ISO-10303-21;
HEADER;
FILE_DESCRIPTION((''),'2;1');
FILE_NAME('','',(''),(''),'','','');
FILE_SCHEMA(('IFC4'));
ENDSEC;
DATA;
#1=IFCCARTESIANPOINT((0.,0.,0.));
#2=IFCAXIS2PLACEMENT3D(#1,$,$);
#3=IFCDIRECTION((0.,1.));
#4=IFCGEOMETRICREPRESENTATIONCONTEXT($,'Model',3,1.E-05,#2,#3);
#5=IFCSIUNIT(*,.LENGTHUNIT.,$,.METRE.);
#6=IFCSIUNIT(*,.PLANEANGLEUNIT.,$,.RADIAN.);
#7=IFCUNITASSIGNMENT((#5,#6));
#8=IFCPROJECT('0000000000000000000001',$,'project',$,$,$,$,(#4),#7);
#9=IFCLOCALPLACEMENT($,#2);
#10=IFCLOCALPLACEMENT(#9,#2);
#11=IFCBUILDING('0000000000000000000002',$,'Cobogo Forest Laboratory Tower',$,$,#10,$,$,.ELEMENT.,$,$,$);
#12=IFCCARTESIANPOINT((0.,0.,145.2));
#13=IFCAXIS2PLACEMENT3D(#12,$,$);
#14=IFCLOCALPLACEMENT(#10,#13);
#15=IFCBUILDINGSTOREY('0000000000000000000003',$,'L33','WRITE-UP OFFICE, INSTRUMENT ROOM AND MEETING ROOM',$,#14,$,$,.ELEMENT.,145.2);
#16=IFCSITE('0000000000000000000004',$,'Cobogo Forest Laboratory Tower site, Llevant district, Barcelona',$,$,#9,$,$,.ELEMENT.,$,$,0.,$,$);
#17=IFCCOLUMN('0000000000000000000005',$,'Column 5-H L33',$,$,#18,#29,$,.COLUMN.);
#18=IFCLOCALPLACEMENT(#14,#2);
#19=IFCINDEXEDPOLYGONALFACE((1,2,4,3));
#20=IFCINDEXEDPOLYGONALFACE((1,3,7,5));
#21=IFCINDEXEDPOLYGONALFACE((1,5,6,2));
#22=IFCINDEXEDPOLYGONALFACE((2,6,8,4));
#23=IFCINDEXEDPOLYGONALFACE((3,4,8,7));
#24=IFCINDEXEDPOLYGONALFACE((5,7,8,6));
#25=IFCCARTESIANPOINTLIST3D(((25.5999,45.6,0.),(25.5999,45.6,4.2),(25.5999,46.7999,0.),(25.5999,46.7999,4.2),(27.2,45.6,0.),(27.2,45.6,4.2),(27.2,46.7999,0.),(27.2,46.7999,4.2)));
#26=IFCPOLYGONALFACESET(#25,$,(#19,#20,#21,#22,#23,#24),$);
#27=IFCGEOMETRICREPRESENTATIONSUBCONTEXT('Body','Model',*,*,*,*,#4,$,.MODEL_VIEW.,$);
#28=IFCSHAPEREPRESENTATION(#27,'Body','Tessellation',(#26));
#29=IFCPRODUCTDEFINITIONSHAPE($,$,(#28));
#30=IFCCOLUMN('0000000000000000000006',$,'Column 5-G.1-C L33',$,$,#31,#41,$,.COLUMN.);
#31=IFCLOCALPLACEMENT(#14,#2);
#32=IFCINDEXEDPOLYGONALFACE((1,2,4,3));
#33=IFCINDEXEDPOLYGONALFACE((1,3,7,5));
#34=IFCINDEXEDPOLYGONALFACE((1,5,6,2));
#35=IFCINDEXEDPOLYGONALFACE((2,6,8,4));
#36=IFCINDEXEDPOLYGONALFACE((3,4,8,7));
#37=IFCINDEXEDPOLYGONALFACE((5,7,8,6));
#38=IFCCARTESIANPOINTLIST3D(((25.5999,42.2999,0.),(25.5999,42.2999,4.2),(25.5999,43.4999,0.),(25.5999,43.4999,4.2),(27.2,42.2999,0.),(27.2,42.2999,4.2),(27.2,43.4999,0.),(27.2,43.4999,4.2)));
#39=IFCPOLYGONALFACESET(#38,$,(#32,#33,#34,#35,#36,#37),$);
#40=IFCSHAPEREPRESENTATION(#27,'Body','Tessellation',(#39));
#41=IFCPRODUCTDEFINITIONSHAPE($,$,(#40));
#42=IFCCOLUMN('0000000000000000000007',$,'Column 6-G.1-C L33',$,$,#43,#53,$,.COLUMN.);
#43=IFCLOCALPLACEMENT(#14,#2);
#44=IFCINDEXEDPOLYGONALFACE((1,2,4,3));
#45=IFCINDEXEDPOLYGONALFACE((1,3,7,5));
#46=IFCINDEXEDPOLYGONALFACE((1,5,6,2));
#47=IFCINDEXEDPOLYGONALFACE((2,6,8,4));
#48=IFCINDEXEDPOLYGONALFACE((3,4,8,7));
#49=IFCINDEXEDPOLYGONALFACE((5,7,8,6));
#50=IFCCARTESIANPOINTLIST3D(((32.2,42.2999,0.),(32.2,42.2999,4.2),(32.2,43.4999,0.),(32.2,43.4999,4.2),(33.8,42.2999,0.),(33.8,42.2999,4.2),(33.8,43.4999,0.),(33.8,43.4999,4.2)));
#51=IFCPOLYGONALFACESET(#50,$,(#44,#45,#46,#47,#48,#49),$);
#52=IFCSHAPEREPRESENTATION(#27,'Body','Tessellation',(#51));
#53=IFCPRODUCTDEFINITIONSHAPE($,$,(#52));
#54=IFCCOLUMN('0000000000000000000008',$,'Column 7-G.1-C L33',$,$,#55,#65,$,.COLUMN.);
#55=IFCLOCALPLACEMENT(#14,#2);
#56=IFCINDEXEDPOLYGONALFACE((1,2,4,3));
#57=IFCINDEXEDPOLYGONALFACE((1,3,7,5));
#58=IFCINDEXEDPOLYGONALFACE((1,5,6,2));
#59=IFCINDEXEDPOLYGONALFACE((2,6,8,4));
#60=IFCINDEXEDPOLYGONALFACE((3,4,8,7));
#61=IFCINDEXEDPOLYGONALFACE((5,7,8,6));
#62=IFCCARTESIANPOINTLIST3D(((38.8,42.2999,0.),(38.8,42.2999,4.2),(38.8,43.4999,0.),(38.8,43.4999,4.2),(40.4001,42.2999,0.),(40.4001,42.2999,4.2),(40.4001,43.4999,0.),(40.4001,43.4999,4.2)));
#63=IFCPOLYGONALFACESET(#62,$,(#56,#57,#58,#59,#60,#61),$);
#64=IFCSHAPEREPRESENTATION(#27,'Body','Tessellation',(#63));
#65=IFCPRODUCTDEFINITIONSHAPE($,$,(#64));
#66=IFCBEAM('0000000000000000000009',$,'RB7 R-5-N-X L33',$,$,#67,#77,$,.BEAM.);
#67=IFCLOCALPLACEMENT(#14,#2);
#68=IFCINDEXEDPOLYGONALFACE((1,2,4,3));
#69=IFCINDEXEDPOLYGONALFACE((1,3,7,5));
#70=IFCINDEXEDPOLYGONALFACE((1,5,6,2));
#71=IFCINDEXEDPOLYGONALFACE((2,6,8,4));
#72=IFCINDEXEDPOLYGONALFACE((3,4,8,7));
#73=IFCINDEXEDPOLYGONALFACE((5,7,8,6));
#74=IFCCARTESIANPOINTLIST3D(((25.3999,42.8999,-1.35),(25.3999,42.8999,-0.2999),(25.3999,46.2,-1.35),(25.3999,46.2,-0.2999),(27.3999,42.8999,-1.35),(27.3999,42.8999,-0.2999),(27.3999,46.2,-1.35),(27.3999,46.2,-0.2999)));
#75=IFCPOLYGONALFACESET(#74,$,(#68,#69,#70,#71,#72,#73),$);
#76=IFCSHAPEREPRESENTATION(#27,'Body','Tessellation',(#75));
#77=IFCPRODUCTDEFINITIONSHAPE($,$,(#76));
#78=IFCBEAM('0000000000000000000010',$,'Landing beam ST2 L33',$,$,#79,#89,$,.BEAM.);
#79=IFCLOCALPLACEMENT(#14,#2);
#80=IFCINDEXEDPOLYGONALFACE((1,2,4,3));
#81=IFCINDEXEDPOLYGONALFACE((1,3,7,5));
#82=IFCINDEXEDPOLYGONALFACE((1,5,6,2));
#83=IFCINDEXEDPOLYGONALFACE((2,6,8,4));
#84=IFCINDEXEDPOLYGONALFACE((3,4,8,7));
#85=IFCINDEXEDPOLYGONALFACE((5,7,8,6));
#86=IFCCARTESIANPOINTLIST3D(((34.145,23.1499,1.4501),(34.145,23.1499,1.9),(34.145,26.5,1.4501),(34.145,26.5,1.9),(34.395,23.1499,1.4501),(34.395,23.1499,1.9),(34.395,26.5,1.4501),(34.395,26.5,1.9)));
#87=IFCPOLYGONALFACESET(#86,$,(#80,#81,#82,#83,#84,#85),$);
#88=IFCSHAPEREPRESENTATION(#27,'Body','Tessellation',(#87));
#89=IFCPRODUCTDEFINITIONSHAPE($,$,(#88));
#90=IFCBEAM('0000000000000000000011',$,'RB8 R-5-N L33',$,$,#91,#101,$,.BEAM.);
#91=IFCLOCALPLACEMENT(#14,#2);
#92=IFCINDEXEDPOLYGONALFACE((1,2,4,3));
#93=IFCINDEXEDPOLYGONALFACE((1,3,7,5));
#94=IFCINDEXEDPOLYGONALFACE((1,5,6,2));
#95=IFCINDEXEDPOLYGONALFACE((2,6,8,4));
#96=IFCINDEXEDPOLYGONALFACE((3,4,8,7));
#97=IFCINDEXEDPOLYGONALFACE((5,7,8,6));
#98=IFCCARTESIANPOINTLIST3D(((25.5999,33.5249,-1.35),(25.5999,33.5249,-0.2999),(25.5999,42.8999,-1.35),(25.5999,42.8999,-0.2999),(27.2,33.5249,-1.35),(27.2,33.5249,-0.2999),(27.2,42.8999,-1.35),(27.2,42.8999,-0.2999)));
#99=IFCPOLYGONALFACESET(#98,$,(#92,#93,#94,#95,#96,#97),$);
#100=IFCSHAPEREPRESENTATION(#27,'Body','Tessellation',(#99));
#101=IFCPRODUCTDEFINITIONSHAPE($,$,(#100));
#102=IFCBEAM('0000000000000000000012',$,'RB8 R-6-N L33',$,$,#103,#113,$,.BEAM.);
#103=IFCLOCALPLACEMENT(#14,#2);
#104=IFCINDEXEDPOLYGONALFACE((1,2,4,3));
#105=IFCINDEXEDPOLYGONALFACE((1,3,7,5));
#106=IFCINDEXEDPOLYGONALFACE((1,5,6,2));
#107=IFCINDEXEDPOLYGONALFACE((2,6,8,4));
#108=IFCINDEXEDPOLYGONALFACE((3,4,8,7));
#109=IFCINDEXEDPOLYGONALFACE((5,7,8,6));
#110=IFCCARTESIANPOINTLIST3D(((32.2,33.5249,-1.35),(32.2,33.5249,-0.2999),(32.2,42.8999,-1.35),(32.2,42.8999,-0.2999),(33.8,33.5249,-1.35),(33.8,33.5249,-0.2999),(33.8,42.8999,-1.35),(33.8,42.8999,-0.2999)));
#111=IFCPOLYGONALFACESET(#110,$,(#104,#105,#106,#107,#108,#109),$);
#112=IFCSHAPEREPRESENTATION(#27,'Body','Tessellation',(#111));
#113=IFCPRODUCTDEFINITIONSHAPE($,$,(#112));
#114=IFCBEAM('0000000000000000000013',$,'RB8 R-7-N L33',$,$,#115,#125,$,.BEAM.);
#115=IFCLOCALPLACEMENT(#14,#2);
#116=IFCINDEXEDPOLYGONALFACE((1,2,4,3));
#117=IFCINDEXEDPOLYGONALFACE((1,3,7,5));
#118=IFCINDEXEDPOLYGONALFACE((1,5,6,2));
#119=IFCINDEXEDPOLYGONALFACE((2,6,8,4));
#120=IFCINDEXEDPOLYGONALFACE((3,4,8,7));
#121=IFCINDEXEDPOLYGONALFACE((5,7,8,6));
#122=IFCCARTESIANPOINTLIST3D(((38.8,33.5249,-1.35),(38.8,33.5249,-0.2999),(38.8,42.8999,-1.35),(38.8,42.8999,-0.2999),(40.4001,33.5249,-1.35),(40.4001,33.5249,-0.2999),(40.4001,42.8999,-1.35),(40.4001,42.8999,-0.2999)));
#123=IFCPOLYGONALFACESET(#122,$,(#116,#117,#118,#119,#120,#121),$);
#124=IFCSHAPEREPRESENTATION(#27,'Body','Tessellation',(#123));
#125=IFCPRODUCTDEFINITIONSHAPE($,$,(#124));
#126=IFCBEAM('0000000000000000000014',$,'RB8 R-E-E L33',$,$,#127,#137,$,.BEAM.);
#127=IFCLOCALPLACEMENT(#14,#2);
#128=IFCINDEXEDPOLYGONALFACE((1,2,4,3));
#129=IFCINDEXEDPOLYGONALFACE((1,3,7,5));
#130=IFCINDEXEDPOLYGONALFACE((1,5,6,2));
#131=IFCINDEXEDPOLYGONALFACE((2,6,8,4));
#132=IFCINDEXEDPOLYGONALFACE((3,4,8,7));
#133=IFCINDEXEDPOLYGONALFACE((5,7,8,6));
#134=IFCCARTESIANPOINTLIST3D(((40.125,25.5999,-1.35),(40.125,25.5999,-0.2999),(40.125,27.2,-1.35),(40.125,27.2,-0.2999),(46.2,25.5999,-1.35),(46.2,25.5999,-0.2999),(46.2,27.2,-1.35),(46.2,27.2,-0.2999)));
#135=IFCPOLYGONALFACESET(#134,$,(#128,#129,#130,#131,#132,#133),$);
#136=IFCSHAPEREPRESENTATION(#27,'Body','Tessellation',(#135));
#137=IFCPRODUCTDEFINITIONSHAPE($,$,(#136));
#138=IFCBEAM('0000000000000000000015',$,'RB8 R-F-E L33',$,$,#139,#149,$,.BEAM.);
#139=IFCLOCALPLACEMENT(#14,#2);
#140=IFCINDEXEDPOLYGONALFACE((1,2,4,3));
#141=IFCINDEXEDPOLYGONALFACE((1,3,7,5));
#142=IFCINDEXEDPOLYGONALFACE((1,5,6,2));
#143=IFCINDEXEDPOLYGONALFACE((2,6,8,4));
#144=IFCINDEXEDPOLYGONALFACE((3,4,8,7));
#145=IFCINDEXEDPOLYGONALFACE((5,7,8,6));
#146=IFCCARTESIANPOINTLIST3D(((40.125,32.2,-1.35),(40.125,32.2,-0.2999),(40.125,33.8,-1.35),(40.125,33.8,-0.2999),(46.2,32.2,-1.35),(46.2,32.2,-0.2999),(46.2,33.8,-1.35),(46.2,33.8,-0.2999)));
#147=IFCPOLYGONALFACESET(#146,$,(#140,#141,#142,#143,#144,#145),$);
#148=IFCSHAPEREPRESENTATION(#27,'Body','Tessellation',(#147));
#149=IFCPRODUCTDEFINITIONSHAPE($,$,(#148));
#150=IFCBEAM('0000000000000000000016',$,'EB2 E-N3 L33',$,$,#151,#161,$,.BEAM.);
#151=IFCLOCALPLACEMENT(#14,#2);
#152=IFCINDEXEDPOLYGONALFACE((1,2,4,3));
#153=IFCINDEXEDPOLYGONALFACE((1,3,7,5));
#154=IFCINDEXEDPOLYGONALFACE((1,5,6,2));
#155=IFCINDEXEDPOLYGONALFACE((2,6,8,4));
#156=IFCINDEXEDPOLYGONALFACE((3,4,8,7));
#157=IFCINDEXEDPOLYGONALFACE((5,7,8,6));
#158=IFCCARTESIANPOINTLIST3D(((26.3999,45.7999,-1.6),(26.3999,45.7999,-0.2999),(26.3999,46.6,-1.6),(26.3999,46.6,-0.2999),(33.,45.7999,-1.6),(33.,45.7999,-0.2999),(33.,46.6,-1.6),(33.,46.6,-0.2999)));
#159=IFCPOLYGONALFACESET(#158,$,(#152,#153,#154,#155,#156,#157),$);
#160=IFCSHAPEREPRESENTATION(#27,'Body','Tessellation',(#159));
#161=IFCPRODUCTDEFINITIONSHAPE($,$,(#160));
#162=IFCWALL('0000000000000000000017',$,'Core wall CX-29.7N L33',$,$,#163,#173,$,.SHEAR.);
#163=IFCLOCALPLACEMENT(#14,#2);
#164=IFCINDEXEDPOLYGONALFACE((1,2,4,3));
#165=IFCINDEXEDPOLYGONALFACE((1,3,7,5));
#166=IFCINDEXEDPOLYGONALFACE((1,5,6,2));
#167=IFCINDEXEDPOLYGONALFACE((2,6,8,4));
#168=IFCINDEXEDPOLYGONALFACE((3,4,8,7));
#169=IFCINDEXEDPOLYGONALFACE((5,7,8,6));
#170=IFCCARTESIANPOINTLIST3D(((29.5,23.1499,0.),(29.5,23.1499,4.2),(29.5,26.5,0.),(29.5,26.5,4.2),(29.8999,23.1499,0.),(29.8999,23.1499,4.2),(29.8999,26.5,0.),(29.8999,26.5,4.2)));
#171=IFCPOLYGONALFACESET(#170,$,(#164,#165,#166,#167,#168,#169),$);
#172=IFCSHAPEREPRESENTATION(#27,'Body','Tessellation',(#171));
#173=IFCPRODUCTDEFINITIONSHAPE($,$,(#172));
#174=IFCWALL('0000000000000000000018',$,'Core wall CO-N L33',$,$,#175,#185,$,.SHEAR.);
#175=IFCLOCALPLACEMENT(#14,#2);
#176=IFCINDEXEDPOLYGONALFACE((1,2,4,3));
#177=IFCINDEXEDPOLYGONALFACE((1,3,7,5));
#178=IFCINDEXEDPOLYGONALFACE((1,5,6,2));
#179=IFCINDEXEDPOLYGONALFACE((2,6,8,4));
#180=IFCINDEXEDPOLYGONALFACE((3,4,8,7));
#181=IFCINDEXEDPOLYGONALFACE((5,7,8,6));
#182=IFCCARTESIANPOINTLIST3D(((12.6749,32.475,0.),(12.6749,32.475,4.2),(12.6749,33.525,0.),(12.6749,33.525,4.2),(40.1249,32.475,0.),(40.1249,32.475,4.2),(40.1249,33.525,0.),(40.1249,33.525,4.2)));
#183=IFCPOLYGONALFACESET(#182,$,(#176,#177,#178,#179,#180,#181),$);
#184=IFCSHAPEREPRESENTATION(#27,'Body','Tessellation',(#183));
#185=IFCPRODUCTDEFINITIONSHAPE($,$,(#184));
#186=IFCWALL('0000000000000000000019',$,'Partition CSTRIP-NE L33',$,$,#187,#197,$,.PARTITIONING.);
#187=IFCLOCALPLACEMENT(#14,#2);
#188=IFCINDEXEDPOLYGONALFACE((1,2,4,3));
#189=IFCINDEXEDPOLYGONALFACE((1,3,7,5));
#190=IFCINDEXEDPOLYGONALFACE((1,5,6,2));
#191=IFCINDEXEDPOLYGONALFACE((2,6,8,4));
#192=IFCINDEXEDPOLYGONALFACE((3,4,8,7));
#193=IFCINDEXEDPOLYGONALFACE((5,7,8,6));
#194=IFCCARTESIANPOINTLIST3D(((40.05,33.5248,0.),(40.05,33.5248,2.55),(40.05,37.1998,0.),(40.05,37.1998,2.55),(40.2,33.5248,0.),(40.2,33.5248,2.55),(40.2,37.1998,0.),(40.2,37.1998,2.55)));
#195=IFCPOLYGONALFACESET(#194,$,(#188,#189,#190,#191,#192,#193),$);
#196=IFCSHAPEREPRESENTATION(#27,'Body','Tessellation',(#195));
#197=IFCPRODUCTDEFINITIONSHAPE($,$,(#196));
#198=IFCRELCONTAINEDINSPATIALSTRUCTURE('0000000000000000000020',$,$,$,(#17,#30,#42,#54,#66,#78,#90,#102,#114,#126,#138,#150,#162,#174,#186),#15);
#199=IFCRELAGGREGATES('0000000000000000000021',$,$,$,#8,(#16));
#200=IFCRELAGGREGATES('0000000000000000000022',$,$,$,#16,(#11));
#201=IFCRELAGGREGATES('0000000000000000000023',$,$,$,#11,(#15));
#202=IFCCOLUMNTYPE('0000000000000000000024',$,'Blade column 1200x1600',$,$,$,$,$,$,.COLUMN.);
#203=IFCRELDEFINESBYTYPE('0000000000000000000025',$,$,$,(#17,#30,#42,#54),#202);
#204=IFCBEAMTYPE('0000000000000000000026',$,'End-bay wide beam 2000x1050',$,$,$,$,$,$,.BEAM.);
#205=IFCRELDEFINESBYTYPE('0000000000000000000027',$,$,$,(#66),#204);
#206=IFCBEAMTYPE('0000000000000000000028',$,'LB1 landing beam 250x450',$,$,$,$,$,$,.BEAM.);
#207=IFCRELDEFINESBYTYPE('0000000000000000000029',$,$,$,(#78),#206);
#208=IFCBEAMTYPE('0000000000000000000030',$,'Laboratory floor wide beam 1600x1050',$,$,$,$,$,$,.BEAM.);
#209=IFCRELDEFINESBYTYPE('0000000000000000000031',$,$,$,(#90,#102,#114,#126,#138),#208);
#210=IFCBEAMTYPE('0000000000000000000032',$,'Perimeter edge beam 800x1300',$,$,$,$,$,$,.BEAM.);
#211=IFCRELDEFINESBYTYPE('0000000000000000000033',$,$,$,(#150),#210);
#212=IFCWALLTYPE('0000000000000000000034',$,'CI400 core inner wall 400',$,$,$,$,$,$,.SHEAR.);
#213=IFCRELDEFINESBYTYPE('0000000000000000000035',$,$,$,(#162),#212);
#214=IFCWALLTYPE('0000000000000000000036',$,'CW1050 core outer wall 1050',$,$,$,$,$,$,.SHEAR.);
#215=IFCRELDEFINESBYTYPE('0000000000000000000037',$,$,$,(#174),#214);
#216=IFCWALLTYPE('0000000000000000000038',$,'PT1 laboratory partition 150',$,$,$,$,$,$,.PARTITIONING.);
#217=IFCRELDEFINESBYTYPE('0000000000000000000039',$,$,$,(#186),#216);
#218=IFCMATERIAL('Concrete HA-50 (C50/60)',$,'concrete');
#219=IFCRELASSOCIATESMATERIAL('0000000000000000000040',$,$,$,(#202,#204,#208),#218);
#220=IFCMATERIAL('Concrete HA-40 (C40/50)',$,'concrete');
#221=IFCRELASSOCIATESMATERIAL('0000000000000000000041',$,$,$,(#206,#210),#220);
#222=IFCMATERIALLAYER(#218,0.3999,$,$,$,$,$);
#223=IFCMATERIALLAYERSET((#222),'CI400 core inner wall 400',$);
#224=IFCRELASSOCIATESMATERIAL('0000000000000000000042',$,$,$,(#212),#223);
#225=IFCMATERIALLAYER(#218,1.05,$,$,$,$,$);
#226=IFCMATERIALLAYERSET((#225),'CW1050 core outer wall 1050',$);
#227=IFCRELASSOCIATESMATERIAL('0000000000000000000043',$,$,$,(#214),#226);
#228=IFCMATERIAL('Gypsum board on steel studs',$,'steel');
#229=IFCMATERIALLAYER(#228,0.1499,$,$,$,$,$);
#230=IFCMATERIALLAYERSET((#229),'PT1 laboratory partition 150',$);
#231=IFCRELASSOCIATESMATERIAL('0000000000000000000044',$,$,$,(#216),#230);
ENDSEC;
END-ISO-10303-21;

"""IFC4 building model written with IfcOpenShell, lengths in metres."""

from ifc_helpers import new_model, si_unit, direction, frame, frame_2d, origin, origin_2d, place, context, subcontext, project, spatial, rectangle, extrude, material, layer, layer_set, material_profile, profile_set, type_object, element, save


model = new_model("IFC4")

# Units and contexts
model_context = context("Model", 3, precision=1e-05, world=origin(), true_north=direction((0.0, 1.0)))
body_context = subcontext(model_context, "Body", "Model", "MODEL_VIEW")
ifc_project = project(units=[si_unit("LENGTHUNIT", "METRE"), si_unit("PLANEANGLEUNIT", "RADIAN")], contexts=[model_context])

# Site, building, storey
site_placement = place(None, origin())
site = spatial("IfcSite", under=ifc_project, at=site_placement, Name="Cobogo Forest Laboratory Tower site, Llevant district, Barcelona", CompositionType="ELEMENT", RefElevation=0.0)
building_placement = place(site_placement, origin())
building = spatial("IfcBuilding", under=site, at=building_placement, Name="Cobogo Forest Laboratory Tower", CompositionType="ELEMENT")
storey_placement = place(building_placement, frame((0.0, 0.0, 145.2)))
storey = spatial("IfcBuildingStorey", under=building, at=storey_placement, Name="L33", Description="WRITE-UP OFFICE, INSTRUMENT ROOM AND MEETING ROOM", CompositionType="ELEMENT", Elevation=145.2)

# Columns
ifc_material_1 = material(Name="Concrete HA-50 (C50/60)", Category="concrete")
ifc_material_profile_1 = material_profile(ifc_material_1, rectangle(XDim=1.6001, YDim=1.2, at=origin_2d()), Name="RC 1200x1600")
ifc_profile_set_1 = profile_set([ifc_material_profile_1], Name="Concrete HA-50 (C50/60)")
column_type = type_object("IfcColumnType", Name="Blade column 1200x1600", PredefinedType="COLUMN", material=ifc_profile_set_1)
for number, where, z_axis, x_axis, name in (
    (1, (26.3999, 46.2, 0.0), (0.0, 0.0, 1.0), (1.0, 0.0, 0.0), "Column 5-H L33"),
    (2, (26.3999, 42.8999, 0.0), (0.0, 0.0, 1.0), (1.0, 0.0, 0.0), "Column 5-G.1-C L33"),
    (3, (33.0, 42.8999, 0.0), (0.0, 0.0, 1.0), (1.0, 0.0, 0.0), "Column 6-G.1-C L33"),
    (4, (39.6001, 42.8999, 0.0), (0.0, 0.0, 1.0), (1.0, 0.0, 0.0), "Column 7-G.1-C L33"),
):
    element("IfcColumn", number, at=place(storey_placement, frame(where, z_axis=z_axis, x_axis=x_axis)), inside=storey, type_object=column_type, Name=name, PredefinedType="COLUMN", context=body_context, shape_type="SweptSolid", body=[
        extrude(rectangle(XDim=1.6001, YDim=1.2, at=origin_2d()), origin(), (0.0, 0.0, 1.0), 4.2),
    ])

# Beams
ifc_material_profile_2 = material_profile(ifc_material_1, rectangle(XDim=2.0, YDim=1.05, at=origin_2d()), Name="RC 2000x1050")
ifc_profile_set_2 = profile_set([ifc_material_profile_2], Name="Concrete HA-50 (C50/60)")
beam_type_1 = type_object("IfcBeamType", Name="End-bay wide beam 2000x1050", PredefinedType="BEAM", material=ifc_profile_set_2)
beam_1_placement = place(storey_placement, frame((26.3999, 46.2, -0.825), z_axis=(0.0, -1.0, 0.0), x_axis=(1.0, 0.0, 0.0)))
element("IfcBeam", 5, at=beam_1_placement, inside=storey, type_object=beam_type_1, Name="RB7 R-5-N-X L33", PredefinedType="BEAM", context=body_context, shape_type="SweptSolid", body=[
    extrude(rectangle(XDim=2.0, YDim=1.05, at=origin_2d()), origin(), (0.0, 0.0, 1.0), 3.3),
])
ifc_material_2 = material(Name="Concrete HA-40 (C40/50)", Category="concrete")
ifc_material_profile_3 = material_profile(ifc_material_2, rectangle(XDim=0.25, YDim=0.45, at=origin_2d()), Name="RC 250x450")
ifc_profile_set_3 = profile_set([ifc_material_profile_3], Name="Concrete HA-40 (C40/50)")
beam_type_2 = type_object("IfcBeamType", Name="LB1 landing beam 250x450", PredefinedType="BEAM", material=ifc_profile_set_3)
beam_2_placement = place(storey_placement, frame((34.27, 23.1499, 1.675), z_axis=(0.0, 1.0, 0.0), x_axis=(-1.0, 0.0, 0.0)))
element("IfcBeam", 6, at=beam_2_placement, inside=storey, type_object=beam_type_2, Name="Landing beam ST2 L33", PredefinedType="BEAM", context=body_context, shape_type="SweptSolid", body=[
    extrude(rectangle(XDim=0.25, YDim=0.45, at=origin_2d()), origin(), (0.0, 0.0, 1.0), 3.3501),
])
ifc_material_profile_4 = material_profile(ifc_material_1, rectangle(XDim=1.6001, YDim=1.05, at=origin_2d()), Name="RC 1600x1050")
ifc_profile_set_4 = profile_set([ifc_material_profile_4], Name="Concrete HA-50 (C50/60)")
beam_type_3 = type_object("IfcBeamType", Name="Laboratory floor wide beam 1600x1050", PredefinedType="BEAM", material=ifc_profile_set_4)
for number, where, z_axis, x_axis, name in (
    (7, (26.3999, 33.5249, -0.825), (0.0, 1.0, 0.0), (-1.0, 0.0, 0.0), "RB8 R-5-N L33"),
    (8, (33.0, 33.5249, -0.825), (0.0, 1.0, 0.0), (-1.0, 0.0, 0.0), "RB8 R-6-N L33"),
    (9, (39.6001, 33.5249, -0.825), (0.0, 1.0, 0.0), (-1.0, 0.0, 0.0), "RB8 R-7-N L33"),
):
    element("IfcBeam", number, at=place(storey_placement, frame(where, z_axis=z_axis, x_axis=x_axis)), inside=storey, type_object=beam_type_3, Name=name, PredefinedType="BEAM", context=body_context, shape_type="SweptSolid", body=[
        extrude(rectangle(XDim=1.6001, YDim=1.05, at=origin_2d()), origin(), (0.0, 0.0, 1.0), 9.375),
    ])
for number, where, z_axis, x_axis, name in (
    (10, (40.125, 26.3999, -0.825), (1.0, 0.0, 0.0), (0.0, 1.0, 0.0), "RB8 R-E-E L33"),
    (11, (40.125, 33.0, -0.825), (1.0, 0.0, 0.0), (0.0, 1.0, 0.0), "RB8 R-F-E L33"),
):
    element("IfcBeam", number, at=place(storey_placement, frame(where, z_axis=z_axis, x_axis=x_axis)), inside=storey, type_object=beam_type_3, Name=name, PredefinedType="BEAM", context=body_context, shape_type="SweptSolid", body=[
        extrude(rectangle(XDim=1.6001, YDim=1.05, at=origin_2d()), origin(), (0.0, 0.0, 1.0), 6.075),
    ])
ifc_material_profile_5 = material_profile(ifc_material_2, rectangle(XDim=0.8, YDim=1.3, at=origin_2d()), Name="RC 800x1300")
ifc_profile_set_5 = profile_set([ifc_material_profile_5], Name="Concrete HA-40 (C40/50)")
beam_type_4 = type_object("IfcBeamType", Name="Perimeter edge beam 800x1300", PredefinedType="BEAM", material=ifc_profile_set_5)
beam_3_placement = place(storey_placement, frame((26.3999, 46.2, -0.95), z_axis=(1.0, 0.0, 0.0), x_axis=(0.0, 1.0, 0.0)))
element("IfcBeam", 12, at=beam_3_placement, inside=storey, type_object=beam_type_4, Name="EB2 E-N3 L33", PredefinedType="BEAM", context=body_context, shape_type="SweptSolid", body=[
    extrude(rectangle(XDim=0.8, YDim=1.3, at=origin_2d()), origin(), (0.0, 0.0, 1.0), 6.6001),
])

# Walls
ifc_layer_1 = layer(ifc_material_1, 0.3999)
ifc_layer_set_1 = layer_set([ifc_layer_1], Name="CI400 core inner wall 400")
wall_type_1 = type_object("IfcWallType", Name="CI400 core inner wall 400", PredefinedType="SHEAR", material=ifc_layer_set_1)
wall_1_placement = place(storey_placement, frame((29.7, 23.1499, 0.0), z_axis=(0.0, 0.0, 1.0), x_axis=(0.0, 1.0, 0.0)))
element("IfcWall", 13, at=wall_1_placement, inside=storey, type_object=wall_type_1, Name="Core wall CX-29.7N L33", PredefinedType="SHEAR", context=body_context, shape_type="SweptSolid", body=[
    extrude(rectangle(XDim=3.3501, YDim=0.3999, at=frame_2d((1.675, 0.0))), origin(), (0.0, 0.0, 1.0), 4.2),
])
ifc_layer_2 = layer(ifc_material_1, 1.05)
ifc_layer_set_2 = layer_set([ifc_layer_2], Name="CW1050 core outer wall 1050")
wall_type_2 = type_object("IfcWallType", Name="CW1050 core outer wall 1050", PredefinedType="SHEAR", material=ifc_layer_set_2)
wall_2_placement = place(storey_placement, frame((40.125, 33.0, 0.0), z_axis=(0.0, 0.0, 1.0), x_axis=(-1.0, 0.0, 0.0)))
element("IfcWall", 14, at=wall_2_placement, inside=storey, type_object=wall_type_2, Name="Core wall CO-N L33", PredefinedType="SHEAR", context=body_context, shape_type="SweptSolid", body=[
    extrude(rectangle(XDim=27.45, YDim=1.05, at=frame_2d((13.7251, 0.0))), origin(), (0.0, 0.0, 1.0), 4.2),
])
ifc_material_3 = material(Name="Gypsum board on steel studs", Category="steel")
ifc_layer_3 = layer(ifc_material_3, 0.1499)
ifc_layer_set_3 = layer_set([ifc_layer_3], Name="PT1 laboratory partition 150")
wall_type_3 = type_object("IfcWallType", Name="PT1 laboratory partition 150", PredefinedType="PARTITIONING", material=ifc_layer_set_3)
for number, where, z_axis, x_axis, name in (
    (15, (40.125, 33.5249, 0.0), (0.0, 0.0, 1.0), (0.0, 1.0, 0.0), "Partition CSTRIP-NE L33"),
):
    element("IfcWall", number, at=place(storey_placement, frame(where, z_axis=z_axis, x_axis=x_axis)), inside=storey, type_object=wall_type_3, Name=name, PredefinedType="PARTITIONING", context=body_context, shape_type="SweptSolid", body=[
        extrude(rectangle(XDim=3.675, YDim=0.1499, at=frame_2d((1.8374, 0.0))), origin(), (0.0, 0.0, 1.0), 2.55),
    ])

save(model, "model.ifc")
